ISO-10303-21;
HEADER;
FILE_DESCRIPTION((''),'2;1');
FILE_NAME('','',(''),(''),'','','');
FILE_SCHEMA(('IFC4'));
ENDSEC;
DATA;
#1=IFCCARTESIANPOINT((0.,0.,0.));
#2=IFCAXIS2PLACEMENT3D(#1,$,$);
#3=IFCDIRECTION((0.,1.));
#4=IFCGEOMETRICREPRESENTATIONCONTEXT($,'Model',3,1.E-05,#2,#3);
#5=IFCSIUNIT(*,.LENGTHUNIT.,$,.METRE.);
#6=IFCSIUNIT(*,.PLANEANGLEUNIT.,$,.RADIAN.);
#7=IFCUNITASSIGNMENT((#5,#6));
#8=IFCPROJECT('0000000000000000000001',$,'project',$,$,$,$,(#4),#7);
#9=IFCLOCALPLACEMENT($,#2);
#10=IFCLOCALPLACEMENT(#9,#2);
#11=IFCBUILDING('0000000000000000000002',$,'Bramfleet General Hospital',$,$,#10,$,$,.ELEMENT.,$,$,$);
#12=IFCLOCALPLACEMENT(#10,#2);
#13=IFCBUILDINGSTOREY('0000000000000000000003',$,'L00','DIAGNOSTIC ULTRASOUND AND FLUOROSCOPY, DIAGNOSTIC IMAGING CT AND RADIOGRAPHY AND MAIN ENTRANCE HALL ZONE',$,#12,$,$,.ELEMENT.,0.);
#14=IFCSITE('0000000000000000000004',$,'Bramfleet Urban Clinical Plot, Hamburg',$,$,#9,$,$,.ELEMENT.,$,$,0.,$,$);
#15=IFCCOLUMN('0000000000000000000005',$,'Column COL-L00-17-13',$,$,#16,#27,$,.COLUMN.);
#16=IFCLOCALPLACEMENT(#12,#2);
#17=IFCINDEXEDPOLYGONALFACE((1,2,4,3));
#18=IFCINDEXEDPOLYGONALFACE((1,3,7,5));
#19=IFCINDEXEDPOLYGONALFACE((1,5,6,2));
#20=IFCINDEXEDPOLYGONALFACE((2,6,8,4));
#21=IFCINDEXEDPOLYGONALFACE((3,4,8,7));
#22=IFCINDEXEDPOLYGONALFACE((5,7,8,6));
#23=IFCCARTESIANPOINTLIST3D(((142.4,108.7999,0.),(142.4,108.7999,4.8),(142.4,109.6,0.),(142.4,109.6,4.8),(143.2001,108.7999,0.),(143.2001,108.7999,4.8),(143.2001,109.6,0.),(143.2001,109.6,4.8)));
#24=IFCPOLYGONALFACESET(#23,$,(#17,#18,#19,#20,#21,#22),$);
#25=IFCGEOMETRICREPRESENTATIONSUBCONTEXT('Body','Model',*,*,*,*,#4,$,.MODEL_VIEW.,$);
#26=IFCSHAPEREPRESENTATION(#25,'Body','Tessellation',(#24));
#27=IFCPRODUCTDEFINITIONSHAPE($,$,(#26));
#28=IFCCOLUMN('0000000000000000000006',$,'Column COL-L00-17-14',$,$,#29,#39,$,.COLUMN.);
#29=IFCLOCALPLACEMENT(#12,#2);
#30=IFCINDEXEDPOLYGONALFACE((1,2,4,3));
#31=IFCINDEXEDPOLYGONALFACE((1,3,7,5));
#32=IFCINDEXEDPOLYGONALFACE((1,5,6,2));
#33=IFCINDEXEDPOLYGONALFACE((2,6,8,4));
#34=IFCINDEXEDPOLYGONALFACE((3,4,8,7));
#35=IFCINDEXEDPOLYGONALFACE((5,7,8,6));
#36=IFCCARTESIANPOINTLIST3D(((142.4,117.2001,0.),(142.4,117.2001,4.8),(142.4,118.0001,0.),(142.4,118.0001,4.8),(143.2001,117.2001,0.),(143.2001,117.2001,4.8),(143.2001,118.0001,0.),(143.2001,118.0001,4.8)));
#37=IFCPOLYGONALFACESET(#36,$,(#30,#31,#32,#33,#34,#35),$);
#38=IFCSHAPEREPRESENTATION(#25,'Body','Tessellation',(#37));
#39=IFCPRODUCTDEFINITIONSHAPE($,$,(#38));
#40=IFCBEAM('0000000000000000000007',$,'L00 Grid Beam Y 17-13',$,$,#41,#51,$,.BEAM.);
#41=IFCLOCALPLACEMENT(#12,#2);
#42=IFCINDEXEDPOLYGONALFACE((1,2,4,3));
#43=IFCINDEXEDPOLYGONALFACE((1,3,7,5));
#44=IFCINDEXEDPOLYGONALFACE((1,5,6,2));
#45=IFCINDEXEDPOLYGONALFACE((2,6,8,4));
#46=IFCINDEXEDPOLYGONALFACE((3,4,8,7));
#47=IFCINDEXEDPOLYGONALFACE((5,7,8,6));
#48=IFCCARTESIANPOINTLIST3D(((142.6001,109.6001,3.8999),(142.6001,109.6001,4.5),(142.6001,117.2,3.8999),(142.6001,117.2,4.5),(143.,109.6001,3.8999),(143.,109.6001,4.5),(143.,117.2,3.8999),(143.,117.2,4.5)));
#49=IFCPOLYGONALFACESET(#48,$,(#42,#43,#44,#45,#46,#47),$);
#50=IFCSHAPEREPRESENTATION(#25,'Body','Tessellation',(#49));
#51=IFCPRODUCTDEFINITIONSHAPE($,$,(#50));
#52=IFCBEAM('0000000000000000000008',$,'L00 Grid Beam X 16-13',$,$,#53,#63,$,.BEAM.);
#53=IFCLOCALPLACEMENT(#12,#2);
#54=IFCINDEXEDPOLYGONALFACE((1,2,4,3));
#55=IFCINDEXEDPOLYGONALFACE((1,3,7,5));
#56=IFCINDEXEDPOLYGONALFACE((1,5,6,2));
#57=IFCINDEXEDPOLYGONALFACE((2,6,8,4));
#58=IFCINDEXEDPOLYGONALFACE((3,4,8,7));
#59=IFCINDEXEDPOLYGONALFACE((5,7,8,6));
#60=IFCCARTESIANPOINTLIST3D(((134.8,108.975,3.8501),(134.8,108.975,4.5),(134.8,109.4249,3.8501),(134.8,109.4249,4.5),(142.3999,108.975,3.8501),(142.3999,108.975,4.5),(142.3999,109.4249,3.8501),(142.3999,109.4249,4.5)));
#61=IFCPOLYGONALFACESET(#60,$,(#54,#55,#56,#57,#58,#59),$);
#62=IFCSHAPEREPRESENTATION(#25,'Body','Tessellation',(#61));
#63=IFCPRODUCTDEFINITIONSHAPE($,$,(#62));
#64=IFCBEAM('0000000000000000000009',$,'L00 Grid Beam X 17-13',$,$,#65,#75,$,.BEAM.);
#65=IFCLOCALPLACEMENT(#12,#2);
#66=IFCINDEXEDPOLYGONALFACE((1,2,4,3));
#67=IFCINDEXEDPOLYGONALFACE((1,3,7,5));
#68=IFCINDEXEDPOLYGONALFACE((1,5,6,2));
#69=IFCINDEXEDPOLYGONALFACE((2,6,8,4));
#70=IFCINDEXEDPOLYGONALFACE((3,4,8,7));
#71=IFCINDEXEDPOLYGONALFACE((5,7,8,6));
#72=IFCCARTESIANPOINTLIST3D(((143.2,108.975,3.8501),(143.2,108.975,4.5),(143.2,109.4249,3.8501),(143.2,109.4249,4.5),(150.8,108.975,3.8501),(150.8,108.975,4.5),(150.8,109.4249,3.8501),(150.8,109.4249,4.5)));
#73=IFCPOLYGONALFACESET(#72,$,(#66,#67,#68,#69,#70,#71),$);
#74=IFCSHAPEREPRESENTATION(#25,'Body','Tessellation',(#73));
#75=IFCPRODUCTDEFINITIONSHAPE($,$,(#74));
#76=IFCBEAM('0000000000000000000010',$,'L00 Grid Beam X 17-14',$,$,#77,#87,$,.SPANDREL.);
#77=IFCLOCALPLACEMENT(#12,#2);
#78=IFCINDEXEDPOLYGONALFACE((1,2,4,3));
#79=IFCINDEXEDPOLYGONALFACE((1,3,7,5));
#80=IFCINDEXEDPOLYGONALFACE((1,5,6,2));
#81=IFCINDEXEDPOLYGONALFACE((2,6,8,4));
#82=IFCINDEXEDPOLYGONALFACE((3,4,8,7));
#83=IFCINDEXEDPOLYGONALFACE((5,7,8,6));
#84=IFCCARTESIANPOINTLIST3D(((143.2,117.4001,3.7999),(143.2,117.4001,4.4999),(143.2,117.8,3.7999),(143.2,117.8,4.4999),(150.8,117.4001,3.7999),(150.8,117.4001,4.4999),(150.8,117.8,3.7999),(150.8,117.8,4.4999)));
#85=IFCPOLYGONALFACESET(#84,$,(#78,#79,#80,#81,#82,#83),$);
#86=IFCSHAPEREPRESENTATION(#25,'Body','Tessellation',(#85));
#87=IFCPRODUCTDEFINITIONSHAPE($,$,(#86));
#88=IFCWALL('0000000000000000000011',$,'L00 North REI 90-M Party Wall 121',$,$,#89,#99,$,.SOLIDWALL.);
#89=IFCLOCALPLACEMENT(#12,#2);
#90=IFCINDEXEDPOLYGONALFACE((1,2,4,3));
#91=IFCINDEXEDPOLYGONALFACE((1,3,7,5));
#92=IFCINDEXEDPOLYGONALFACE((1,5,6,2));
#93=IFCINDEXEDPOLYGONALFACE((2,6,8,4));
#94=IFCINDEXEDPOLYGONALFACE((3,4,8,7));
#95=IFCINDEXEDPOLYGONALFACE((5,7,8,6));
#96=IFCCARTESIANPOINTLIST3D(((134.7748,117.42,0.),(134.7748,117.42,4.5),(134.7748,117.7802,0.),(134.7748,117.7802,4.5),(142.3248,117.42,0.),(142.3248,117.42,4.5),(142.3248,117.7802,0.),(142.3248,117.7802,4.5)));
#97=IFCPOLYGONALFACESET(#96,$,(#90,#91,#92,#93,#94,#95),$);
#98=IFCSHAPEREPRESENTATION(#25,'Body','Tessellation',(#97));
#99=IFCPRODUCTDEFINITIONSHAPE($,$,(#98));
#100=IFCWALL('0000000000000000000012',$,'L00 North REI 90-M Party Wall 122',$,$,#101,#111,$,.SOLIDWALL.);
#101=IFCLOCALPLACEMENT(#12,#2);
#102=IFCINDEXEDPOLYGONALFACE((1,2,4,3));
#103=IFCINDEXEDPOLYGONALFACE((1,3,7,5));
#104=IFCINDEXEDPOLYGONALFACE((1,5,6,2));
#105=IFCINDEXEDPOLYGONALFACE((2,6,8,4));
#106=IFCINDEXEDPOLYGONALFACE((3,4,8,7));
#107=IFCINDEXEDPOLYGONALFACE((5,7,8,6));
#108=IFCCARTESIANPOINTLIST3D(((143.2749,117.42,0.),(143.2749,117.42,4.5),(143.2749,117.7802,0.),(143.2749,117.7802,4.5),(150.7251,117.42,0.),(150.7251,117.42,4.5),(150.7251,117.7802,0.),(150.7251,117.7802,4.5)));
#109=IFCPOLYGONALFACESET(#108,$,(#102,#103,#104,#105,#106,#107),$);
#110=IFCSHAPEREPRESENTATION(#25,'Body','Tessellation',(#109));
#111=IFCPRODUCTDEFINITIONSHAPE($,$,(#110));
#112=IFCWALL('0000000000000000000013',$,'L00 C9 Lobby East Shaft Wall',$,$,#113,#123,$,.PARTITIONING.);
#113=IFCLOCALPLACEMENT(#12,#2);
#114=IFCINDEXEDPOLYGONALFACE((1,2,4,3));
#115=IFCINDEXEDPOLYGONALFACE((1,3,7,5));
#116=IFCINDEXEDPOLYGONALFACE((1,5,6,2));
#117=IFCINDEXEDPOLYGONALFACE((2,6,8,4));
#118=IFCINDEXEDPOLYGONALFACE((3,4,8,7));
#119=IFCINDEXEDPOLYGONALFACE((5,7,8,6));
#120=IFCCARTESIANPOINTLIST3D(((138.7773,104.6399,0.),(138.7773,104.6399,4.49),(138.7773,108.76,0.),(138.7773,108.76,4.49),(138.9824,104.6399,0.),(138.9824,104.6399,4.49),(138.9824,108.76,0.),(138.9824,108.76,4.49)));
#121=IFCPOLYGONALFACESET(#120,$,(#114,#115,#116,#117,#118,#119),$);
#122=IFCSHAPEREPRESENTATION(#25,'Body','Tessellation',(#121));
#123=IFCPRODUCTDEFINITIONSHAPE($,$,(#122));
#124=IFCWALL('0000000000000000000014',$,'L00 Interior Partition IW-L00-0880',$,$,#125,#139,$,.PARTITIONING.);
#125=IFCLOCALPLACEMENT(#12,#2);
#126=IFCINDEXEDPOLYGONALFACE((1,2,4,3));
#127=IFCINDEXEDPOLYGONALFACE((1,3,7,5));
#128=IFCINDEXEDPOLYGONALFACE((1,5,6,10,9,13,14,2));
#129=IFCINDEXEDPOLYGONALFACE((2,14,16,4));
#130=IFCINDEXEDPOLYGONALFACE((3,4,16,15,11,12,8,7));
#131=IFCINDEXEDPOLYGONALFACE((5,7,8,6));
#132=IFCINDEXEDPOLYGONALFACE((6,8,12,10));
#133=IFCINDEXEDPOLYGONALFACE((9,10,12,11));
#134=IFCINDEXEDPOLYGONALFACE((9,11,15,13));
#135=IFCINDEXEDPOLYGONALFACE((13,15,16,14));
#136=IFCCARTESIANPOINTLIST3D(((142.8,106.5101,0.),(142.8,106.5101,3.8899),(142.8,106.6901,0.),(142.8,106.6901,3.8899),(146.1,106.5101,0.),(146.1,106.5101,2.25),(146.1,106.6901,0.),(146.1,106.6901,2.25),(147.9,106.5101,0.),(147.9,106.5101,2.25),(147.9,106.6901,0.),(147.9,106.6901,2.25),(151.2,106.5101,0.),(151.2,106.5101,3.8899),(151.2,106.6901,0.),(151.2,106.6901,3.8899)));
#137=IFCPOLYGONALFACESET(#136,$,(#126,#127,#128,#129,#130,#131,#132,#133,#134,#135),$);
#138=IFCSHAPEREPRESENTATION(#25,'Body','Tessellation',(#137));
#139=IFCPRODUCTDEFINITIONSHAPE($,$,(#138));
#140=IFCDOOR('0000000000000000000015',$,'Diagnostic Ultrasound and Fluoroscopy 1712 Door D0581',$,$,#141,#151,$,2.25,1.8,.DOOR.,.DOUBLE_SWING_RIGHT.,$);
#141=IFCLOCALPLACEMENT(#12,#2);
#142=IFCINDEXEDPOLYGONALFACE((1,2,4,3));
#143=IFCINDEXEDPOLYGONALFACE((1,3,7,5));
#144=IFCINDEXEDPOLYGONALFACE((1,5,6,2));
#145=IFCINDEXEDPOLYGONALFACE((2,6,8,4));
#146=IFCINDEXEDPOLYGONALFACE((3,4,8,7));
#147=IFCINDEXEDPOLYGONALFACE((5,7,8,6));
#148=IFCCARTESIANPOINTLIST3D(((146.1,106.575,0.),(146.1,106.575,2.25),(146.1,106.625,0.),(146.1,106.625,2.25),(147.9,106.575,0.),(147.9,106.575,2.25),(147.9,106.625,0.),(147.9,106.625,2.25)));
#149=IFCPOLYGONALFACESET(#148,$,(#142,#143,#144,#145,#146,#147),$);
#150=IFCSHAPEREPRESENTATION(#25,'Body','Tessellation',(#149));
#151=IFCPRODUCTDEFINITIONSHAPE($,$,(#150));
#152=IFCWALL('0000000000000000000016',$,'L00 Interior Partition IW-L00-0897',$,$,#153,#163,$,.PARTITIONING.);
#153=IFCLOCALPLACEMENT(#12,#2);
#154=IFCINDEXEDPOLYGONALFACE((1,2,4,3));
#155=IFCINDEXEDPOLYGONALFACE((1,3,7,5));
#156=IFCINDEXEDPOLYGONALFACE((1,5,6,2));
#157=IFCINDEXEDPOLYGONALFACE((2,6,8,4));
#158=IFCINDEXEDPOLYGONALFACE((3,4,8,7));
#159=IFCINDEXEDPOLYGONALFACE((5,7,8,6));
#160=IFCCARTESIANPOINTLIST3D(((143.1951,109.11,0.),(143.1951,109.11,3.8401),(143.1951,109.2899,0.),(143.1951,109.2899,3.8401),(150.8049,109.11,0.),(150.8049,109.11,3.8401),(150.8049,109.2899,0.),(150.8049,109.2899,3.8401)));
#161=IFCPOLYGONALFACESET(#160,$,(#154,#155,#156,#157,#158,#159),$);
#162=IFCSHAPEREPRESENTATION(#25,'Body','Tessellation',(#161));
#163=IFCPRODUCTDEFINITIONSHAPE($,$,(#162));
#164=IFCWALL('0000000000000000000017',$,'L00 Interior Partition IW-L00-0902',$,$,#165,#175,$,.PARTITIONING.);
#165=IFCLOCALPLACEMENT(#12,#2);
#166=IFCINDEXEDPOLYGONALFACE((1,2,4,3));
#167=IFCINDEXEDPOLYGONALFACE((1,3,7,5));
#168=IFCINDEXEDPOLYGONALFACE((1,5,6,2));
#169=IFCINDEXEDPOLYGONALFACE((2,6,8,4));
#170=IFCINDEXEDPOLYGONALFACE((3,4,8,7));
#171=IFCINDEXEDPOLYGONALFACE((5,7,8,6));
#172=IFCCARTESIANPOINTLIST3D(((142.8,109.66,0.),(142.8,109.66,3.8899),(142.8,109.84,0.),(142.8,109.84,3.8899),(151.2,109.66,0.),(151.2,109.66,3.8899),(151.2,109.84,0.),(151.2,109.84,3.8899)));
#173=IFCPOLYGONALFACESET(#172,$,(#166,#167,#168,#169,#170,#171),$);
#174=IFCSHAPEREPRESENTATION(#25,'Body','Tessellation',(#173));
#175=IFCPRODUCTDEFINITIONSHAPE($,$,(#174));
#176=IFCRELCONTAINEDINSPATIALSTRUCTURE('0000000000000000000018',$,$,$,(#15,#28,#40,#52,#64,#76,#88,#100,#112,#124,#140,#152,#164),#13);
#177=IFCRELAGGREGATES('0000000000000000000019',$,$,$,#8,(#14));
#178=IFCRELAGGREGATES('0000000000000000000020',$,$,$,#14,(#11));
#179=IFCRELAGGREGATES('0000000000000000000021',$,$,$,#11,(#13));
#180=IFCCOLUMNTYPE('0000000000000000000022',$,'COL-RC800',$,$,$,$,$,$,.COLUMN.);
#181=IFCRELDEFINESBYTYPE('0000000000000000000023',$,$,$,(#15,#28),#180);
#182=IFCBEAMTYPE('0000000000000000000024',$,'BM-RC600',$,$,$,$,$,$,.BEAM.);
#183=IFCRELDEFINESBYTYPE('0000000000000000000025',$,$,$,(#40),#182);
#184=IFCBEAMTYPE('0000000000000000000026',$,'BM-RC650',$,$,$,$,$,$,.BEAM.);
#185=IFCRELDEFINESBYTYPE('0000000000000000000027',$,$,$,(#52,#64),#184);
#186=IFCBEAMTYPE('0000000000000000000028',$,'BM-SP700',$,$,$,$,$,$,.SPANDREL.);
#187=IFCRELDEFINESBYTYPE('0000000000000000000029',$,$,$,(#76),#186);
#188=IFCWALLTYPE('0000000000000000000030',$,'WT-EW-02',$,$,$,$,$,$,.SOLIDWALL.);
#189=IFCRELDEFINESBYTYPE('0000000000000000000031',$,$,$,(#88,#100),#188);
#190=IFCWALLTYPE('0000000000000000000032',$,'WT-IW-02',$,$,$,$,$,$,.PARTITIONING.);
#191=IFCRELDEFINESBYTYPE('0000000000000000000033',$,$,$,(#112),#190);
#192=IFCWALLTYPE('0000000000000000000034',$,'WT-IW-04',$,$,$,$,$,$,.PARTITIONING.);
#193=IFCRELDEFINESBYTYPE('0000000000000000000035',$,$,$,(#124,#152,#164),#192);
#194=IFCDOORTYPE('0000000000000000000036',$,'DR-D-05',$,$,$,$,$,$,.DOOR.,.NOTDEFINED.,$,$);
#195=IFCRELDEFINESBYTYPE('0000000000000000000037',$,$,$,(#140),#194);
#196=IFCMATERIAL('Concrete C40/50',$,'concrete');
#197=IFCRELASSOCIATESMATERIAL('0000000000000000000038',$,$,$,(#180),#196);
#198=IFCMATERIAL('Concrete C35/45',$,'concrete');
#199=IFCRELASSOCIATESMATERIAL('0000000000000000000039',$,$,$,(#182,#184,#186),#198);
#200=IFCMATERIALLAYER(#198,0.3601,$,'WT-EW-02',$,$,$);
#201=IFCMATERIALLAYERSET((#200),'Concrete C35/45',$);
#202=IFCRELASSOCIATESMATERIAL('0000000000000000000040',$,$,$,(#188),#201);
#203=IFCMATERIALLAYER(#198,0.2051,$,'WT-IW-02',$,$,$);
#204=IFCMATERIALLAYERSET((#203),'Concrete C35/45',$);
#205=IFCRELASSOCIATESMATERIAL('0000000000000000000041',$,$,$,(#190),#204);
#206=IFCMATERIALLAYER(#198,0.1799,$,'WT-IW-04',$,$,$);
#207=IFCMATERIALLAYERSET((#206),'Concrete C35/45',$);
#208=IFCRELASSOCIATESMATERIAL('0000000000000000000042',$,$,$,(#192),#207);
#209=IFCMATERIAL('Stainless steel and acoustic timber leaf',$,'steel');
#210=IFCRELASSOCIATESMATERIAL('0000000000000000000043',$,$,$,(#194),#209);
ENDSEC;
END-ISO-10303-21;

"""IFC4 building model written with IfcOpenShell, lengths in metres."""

from ifc_helpers import new_model, si_unit, direction, frame, frame_2d, origin, origin_2d, place, context, subcontext, project, spatial, rectangle, extrude, material, layer, layer_set, material_profile, profile_set, type_object, element, fill, save


model = new_model("IFC4")

# Units and contexts
model_context = context("Model", 3, precision=1e-05, world=origin(), true_north=direction((0.0, 1.0)))
body_context = subcontext(model_context, "Body", "Model", "MODEL_VIEW")
ifc_project = project(units=[si_unit("LENGTHUNIT", "METRE"), si_unit("PLANEANGLEUNIT", "RADIAN")], contexts=[model_context])

# Site, building, storey
site_placement = place(None, origin())
site = spatial("IfcSite", under=ifc_project, at=site_placement, Name="Bramfleet Urban Clinical Plot, Hamburg", CompositionType="ELEMENT", RefElevation=0.0)
building_placement = place(site_placement, origin())
building = spatial("IfcBuilding", under=site, at=building_placement, Name="Bramfleet General Hospital", CompositionType="ELEMENT")
storey_placement = place(building_placement, origin())
storey = spatial("IfcBuildingStorey", under=building, at=storey_placement, Name="L00", Description="DIAGNOSTIC ULTRASOUND AND FLUOROSCOPY, DIAGNOSTIC IMAGING CT AND RADIOGRAPHY AND MAIN ENTRANCE HALL ZONE", CompositionType="ELEMENT", Elevation=0.0)

# Columns
ifc_material_1 = material(Name="Concrete C40/50", Category="concrete")
ifc_material_profile_1 = material_profile(ifc_material_1, rectangle(XDim=0.8, YDim=0.8, at=origin_2d()), Name="RC COL 800x800")
ifc_profile_set_1 = profile_set([ifc_material_profile_1], Name="Concrete C40/50")
column_type = type_object("IfcColumnType", Name="COL-RC800", PredefinedType="COLUMN", material=ifc_profile_set_1)
for number, where, z_axis, x_axis, name in (
    (1, (142.8, 109.2, 0.0), (0.0, 0.0, 1.0), (1.0, 0.0, 0.0), "Column COL-L00-17-13"),
    (2, (142.8, 117.6001, 0.0), (0.0, 0.0, 1.0), (1.0, 0.0, 0.0), "Column COL-L00-17-14"),
):
    element("IfcColumn", number, at=place(storey_placement, frame(where, z_axis=z_axis, x_axis=x_axis)), inside=storey, type_object=column_type, Name=name, PredefinedType="COLUMN", context=body_context, shape_type="SweptSolid", body=[
        extrude(rectangle(XDim=0.8, YDim=0.8, at=origin_2d()), origin(), (0.0, 0.0, 1.0), 4.8),
    ])

# Beams
ifc_material_2 = material(Name="Concrete C35/45", Category="concrete")
ifc_material_profile_2 = material_profile(ifc_material_2, rectangle(XDim=0.3999, YDim=0.6001, at=origin_2d()), Name="RC BM 600x400")
ifc_profile_set_2 = profile_set([ifc_material_profile_2], Name="Concrete C35/45")
beam_type_1 = type_object("IfcBeamType", Name="BM-RC600", PredefinedType="BEAM", material=ifc_profile_set_2)
beam_1_placement = place(storey_placement, frame((142.8, 109.6001, 4.2), z_axis=(0.0, 1.0, 0.0), x_axis=(-1.0, 0.0, 0.0)))
element("IfcBeam", 3, at=beam_1_placement, inside=storey, type_object=beam_type_1, Name="L00 Grid Beam Y 17-13", PredefinedType="BEAM", context=body_context, shape_type="SweptSolid", body=[
    extrude(rectangle(XDim=0.3999, YDim=0.6001, at=origin_2d()), origin(), (0.0, 0.0, 1.0), 7.5999),
])
ifc_material_profile_3 = material_profile(ifc_material_2, rectangle(XDim=0.45, YDim=0.6499, at=origin_2d()), Name="RC BM 650x450")
ifc_profile_set_3 = profile_set([ifc_material_profile_3], Name="Concrete C35/45")
beam_type_2 = type_object("IfcBeamType", Name="BM-RC650", PredefinedType="BEAM", material=ifc_profile_set_3)
beam_2_placement = place(storey_placement, frame((134.8, 109.2, 4.175), z_axis=(1.0, 0.0, 0.0), x_axis=(0.0, 1.0, 0.0)))
element("IfcBeam", 4, at=beam_2_placement, inside=storey, type_object=beam_type_2, Name="L00 Grid Beam X 16-13", PredefinedType="BEAM", context=body_context, shape_type="SweptSolid", body=[
    extrude(rectangle(XDim=0.45, YDim=0.6499, at=origin_2d()), origin(), (0.0, 0.0, 1.0), 7.5999),
])
beam_3_placement = place(storey_placement, frame((143.2, 109.2, 4.175), z_axis=(1.0, 0.0, 0.0), x_axis=(0.0, 1.0, 0.0)))
element("IfcBeam", 5, at=beam_3_placement, inside=storey, type_object=beam_type_2, Name="L00 Grid Beam X 17-13", PredefinedType="BEAM", context=body_context, shape_type="SweptSolid", body=[
    extrude(rectangle(XDim=0.45, YDim=0.6499, at=origin_2d()), origin(), (0.0, 0.0, 1.0), 7.6001),
])
ifc_material_profile_4 = material_profile(ifc_material_2, rectangle(XDim=0.3999, YDim=0.7, at=origin_2d()), Name="RC SP 700x400")
ifc_profile_set_4 = profile_set([ifc_material_profile_4], Name="Concrete C35/45")
beam_type_3 = type_object("IfcBeamType", Name="BM-SP700", PredefinedType="SPANDREL", material=ifc_profile_set_4)
beam_4_placement = place(storey_placement, frame((143.2, 117.6001, 4.1499), z_axis=(1.0, 0.0, 0.0), x_axis=(0.0, 1.0, 0.0)))
element("IfcBeam", 6, at=beam_4_placement, inside=storey, type_object=beam_type_3, Name="L00 Grid Beam X 17-14", PredefinedType="SPANDREL", context=body_context, shape_type="SweptSolid", body=[
    extrude(rectangle(XDim=0.3999, YDim=0.7, at=origin_2d()), origin(), (0.0, 0.0, 1.0), 7.6001),
])

# Walls
ifc_layer_1 = layer(ifc_material_2, 0.3601, Name="WT-EW-02")
ifc_layer_set_1 = layer_set([ifc_layer_1], Name="Concrete C35/45")
wall_type_1 = type_object("IfcWallType", Name="WT-EW-02", PredefinedType="SOLIDWALL", material=ifc_layer_set_1)
wall_1_placement = place(storey_placement, frame((134.7749, 117.6001, 0.0), z_axis=(0.0, 0.0, 1.0), x_axis=(1.0, 0.0, 0.0)))
element("IfcWall", 7, at=wall_1_placement, inside=storey, type_object=wall_type_1, Name="L00 North REI 90-M Party Wall 121", PredefinedType="SOLIDWALL", context=body_context, shape_type="SweptSolid", body=[
    extrude(rectangle(XDim=7.55, YDim=0.3601, at=frame_2d((3.7749, 0.0))), origin(), (0.0, 0.0, 1.0), 4.5),
])
wall_2_placement = place(storey_placement, frame((143.2749, 117.6001, 0.0), z_axis=(0.0, 0.0, 1.0), x_axis=(1.0, 0.0, 0.0)))
element("IfcWall", 8, at=wall_2_placement, inside=storey, type_object=wall_type_1, Name="L00 North REI 90-M Party Wall 122", PredefinedType="SOLIDWALL", context=body_context, shape_type="SweptSolid", body=[
    extrude(rectangle(XDim=7.4502, YDim=0.3601, at=frame_2d((3.7251, 0.0))), origin(), (0.0, 0.0, 1.0), 4.5),
])
ifc_layer_2 = layer(ifc_material_2, 0.2051, Name="WT-IW-02")
ifc_layer_set_2 = layer_set([ifc_layer_2], Name="Concrete C35/45")
wall_type_2 = type_object("IfcWallType", Name="WT-IW-02", PredefinedType="PARTITIONING", material=ifc_layer_set_2)
wall_3_placement = place(storey_placement, frame((138.8799, 104.6399, 0.0), z_axis=(0.0, 0.0, 1.0), x_axis=(0.0, 1.0, 0.0)))
element("IfcWall", 9, at=wall_3_placement, inside=storey, type_object=wall_type_2, Name="L00 C9 Lobby East Shaft Wall", PredefinedType="PARTITIONING", context=body_context, shape_type="SweptSolid", body=[
    extrude(rectangle(XDim=4.1201, YDim=0.2051, at=frame_2d((2.0601, 0.0))), origin(), (0.0, 0.0, 1.0), 4.49),
])

# Wall, opening, door
ifc_layer_3 = layer(ifc_material_2, 0.1799, Name="WT-IW-04")
ifc_layer_set_3 = layer_set([ifc_layer_3], Name="Concrete C35/45")
wall_type_3 = type_object("IfcWallType", Name="WT-IW-04", PredefinedType="PARTITIONING", material=ifc_layer_set_3)
wall_4_placement = place(storey_placement, frame((142.8, 106.6001, 0.0), z_axis=(0.0, 0.0, 1.0), x_axis=(1.0, 0.0, 0.0)))
wall_4 = element("IfcWall", 10, at=wall_4_placement, inside=storey, type_object=wall_type_3, Name="L00 Interior Partition IW-L00-0880", PredefinedType="PARTITIONING", context=body_context, shape_type="SweptSolid", body=[
    extrude(rectangle(XDim=8.3999, YDim=0.1799, at=frame_2d((4.2, 0.0))), origin(), (0.0, 0.0, 1.0), 3.8899),
])
opening_1_placement = place(wall_4_placement, frame((3.3, 0.0, 0.0)))
opening_1 = element("IfcOpeningElement", 11, at=opening_1_placement, cuts=wall_4, PredefinedType="OPENING", context=body_context, shape_type="SweptSolid", body=[
    extrude(rectangle(XDim=1.8, YDim=2.25, at=frame_2d((0.8999, 1.125))), frame((0.0, 0.0999, 0.0), z_axis=(0.0, -1.0, 0.0), x_axis=(1.0, 0.0, 0.0)), (0.0, 0.0, 1.0), 0.2),
])
ifc_material_3 = material(Name="Stainless steel and acoustic timber leaf", Category="steel")
door_type_1 = type_object("IfcDoorType", Name="DR-D-05", OperationType="NOTDEFINED", PredefinedType="DOOR", material=ifc_material_3)
door_1_placement = place(opening_1_placement, origin())
door_1 = element("IfcDoor", 12, at=door_1_placement, inside=storey, type_object=door_type_1, Name="Diagnostic Ultrasound and Fluoroscopy 1712 Door D0581", OperationType="DOUBLE_SWING_RIGHT", OverallHeight=2.25, OverallWidth=1.8, PredefinedType="DOOR", context=body_context, shape_type="SweptSolid", body=[
    extrude(rectangle(XDim=1.8, YDim=2.25, at=frame_2d((0.8999, 1.125))), frame((0.0, 0.0249, 0.0), z_axis=(0.0, -1.0, 0.0), x_axis=(1.0, 0.0, 0.0)), (0.0, 0.0, 1.0), 0.05),
])
fill(opening_1, door_1)

# Walls
wall_5_placement = place(storey_placement, frame((143.1951, 109.2, 0.0), z_axis=(0.0, 0.0, 1.0), x_axis=(1.0, 0.0, 0.0)))
element("IfcWall", 13, at=wall_5_placement, inside=storey, type_object=wall_type_3, Name="L00 Interior Partition IW-L00-0897", PredefinedType="PARTITIONING", context=body_context, shape_type="SweptSolid", body=[
    extrude(rectangle(XDim=7.6099, YDim=0.1799, at=frame_2d((3.8049, 0.0))), origin(), (0.0, 0.0, 1.0), 3.8401),
])
wall_6_placement = place(storey_placement, frame((142.8, 109.75, 0.0), z_axis=(0.0, 0.0, 1.0), x_axis=(1.0, 0.0, 0.0)))
element("IfcWall", 14, at=wall_6_placement, inside=storey, type_object=wall_type_3, Name="L00 Interior Partition IW-L00-0902", PredefinedType="PARTITIONING", context=body_context, shape_type="SweptSolid", body=[
    extrude(rectangle(XDim=8.3999, YDim=0.1799, at=frame_2d((4.2, 0.0))), origin(), (0.0, 0.0, 1.0), 3.8899),
])

save(model, "model.ifc")
